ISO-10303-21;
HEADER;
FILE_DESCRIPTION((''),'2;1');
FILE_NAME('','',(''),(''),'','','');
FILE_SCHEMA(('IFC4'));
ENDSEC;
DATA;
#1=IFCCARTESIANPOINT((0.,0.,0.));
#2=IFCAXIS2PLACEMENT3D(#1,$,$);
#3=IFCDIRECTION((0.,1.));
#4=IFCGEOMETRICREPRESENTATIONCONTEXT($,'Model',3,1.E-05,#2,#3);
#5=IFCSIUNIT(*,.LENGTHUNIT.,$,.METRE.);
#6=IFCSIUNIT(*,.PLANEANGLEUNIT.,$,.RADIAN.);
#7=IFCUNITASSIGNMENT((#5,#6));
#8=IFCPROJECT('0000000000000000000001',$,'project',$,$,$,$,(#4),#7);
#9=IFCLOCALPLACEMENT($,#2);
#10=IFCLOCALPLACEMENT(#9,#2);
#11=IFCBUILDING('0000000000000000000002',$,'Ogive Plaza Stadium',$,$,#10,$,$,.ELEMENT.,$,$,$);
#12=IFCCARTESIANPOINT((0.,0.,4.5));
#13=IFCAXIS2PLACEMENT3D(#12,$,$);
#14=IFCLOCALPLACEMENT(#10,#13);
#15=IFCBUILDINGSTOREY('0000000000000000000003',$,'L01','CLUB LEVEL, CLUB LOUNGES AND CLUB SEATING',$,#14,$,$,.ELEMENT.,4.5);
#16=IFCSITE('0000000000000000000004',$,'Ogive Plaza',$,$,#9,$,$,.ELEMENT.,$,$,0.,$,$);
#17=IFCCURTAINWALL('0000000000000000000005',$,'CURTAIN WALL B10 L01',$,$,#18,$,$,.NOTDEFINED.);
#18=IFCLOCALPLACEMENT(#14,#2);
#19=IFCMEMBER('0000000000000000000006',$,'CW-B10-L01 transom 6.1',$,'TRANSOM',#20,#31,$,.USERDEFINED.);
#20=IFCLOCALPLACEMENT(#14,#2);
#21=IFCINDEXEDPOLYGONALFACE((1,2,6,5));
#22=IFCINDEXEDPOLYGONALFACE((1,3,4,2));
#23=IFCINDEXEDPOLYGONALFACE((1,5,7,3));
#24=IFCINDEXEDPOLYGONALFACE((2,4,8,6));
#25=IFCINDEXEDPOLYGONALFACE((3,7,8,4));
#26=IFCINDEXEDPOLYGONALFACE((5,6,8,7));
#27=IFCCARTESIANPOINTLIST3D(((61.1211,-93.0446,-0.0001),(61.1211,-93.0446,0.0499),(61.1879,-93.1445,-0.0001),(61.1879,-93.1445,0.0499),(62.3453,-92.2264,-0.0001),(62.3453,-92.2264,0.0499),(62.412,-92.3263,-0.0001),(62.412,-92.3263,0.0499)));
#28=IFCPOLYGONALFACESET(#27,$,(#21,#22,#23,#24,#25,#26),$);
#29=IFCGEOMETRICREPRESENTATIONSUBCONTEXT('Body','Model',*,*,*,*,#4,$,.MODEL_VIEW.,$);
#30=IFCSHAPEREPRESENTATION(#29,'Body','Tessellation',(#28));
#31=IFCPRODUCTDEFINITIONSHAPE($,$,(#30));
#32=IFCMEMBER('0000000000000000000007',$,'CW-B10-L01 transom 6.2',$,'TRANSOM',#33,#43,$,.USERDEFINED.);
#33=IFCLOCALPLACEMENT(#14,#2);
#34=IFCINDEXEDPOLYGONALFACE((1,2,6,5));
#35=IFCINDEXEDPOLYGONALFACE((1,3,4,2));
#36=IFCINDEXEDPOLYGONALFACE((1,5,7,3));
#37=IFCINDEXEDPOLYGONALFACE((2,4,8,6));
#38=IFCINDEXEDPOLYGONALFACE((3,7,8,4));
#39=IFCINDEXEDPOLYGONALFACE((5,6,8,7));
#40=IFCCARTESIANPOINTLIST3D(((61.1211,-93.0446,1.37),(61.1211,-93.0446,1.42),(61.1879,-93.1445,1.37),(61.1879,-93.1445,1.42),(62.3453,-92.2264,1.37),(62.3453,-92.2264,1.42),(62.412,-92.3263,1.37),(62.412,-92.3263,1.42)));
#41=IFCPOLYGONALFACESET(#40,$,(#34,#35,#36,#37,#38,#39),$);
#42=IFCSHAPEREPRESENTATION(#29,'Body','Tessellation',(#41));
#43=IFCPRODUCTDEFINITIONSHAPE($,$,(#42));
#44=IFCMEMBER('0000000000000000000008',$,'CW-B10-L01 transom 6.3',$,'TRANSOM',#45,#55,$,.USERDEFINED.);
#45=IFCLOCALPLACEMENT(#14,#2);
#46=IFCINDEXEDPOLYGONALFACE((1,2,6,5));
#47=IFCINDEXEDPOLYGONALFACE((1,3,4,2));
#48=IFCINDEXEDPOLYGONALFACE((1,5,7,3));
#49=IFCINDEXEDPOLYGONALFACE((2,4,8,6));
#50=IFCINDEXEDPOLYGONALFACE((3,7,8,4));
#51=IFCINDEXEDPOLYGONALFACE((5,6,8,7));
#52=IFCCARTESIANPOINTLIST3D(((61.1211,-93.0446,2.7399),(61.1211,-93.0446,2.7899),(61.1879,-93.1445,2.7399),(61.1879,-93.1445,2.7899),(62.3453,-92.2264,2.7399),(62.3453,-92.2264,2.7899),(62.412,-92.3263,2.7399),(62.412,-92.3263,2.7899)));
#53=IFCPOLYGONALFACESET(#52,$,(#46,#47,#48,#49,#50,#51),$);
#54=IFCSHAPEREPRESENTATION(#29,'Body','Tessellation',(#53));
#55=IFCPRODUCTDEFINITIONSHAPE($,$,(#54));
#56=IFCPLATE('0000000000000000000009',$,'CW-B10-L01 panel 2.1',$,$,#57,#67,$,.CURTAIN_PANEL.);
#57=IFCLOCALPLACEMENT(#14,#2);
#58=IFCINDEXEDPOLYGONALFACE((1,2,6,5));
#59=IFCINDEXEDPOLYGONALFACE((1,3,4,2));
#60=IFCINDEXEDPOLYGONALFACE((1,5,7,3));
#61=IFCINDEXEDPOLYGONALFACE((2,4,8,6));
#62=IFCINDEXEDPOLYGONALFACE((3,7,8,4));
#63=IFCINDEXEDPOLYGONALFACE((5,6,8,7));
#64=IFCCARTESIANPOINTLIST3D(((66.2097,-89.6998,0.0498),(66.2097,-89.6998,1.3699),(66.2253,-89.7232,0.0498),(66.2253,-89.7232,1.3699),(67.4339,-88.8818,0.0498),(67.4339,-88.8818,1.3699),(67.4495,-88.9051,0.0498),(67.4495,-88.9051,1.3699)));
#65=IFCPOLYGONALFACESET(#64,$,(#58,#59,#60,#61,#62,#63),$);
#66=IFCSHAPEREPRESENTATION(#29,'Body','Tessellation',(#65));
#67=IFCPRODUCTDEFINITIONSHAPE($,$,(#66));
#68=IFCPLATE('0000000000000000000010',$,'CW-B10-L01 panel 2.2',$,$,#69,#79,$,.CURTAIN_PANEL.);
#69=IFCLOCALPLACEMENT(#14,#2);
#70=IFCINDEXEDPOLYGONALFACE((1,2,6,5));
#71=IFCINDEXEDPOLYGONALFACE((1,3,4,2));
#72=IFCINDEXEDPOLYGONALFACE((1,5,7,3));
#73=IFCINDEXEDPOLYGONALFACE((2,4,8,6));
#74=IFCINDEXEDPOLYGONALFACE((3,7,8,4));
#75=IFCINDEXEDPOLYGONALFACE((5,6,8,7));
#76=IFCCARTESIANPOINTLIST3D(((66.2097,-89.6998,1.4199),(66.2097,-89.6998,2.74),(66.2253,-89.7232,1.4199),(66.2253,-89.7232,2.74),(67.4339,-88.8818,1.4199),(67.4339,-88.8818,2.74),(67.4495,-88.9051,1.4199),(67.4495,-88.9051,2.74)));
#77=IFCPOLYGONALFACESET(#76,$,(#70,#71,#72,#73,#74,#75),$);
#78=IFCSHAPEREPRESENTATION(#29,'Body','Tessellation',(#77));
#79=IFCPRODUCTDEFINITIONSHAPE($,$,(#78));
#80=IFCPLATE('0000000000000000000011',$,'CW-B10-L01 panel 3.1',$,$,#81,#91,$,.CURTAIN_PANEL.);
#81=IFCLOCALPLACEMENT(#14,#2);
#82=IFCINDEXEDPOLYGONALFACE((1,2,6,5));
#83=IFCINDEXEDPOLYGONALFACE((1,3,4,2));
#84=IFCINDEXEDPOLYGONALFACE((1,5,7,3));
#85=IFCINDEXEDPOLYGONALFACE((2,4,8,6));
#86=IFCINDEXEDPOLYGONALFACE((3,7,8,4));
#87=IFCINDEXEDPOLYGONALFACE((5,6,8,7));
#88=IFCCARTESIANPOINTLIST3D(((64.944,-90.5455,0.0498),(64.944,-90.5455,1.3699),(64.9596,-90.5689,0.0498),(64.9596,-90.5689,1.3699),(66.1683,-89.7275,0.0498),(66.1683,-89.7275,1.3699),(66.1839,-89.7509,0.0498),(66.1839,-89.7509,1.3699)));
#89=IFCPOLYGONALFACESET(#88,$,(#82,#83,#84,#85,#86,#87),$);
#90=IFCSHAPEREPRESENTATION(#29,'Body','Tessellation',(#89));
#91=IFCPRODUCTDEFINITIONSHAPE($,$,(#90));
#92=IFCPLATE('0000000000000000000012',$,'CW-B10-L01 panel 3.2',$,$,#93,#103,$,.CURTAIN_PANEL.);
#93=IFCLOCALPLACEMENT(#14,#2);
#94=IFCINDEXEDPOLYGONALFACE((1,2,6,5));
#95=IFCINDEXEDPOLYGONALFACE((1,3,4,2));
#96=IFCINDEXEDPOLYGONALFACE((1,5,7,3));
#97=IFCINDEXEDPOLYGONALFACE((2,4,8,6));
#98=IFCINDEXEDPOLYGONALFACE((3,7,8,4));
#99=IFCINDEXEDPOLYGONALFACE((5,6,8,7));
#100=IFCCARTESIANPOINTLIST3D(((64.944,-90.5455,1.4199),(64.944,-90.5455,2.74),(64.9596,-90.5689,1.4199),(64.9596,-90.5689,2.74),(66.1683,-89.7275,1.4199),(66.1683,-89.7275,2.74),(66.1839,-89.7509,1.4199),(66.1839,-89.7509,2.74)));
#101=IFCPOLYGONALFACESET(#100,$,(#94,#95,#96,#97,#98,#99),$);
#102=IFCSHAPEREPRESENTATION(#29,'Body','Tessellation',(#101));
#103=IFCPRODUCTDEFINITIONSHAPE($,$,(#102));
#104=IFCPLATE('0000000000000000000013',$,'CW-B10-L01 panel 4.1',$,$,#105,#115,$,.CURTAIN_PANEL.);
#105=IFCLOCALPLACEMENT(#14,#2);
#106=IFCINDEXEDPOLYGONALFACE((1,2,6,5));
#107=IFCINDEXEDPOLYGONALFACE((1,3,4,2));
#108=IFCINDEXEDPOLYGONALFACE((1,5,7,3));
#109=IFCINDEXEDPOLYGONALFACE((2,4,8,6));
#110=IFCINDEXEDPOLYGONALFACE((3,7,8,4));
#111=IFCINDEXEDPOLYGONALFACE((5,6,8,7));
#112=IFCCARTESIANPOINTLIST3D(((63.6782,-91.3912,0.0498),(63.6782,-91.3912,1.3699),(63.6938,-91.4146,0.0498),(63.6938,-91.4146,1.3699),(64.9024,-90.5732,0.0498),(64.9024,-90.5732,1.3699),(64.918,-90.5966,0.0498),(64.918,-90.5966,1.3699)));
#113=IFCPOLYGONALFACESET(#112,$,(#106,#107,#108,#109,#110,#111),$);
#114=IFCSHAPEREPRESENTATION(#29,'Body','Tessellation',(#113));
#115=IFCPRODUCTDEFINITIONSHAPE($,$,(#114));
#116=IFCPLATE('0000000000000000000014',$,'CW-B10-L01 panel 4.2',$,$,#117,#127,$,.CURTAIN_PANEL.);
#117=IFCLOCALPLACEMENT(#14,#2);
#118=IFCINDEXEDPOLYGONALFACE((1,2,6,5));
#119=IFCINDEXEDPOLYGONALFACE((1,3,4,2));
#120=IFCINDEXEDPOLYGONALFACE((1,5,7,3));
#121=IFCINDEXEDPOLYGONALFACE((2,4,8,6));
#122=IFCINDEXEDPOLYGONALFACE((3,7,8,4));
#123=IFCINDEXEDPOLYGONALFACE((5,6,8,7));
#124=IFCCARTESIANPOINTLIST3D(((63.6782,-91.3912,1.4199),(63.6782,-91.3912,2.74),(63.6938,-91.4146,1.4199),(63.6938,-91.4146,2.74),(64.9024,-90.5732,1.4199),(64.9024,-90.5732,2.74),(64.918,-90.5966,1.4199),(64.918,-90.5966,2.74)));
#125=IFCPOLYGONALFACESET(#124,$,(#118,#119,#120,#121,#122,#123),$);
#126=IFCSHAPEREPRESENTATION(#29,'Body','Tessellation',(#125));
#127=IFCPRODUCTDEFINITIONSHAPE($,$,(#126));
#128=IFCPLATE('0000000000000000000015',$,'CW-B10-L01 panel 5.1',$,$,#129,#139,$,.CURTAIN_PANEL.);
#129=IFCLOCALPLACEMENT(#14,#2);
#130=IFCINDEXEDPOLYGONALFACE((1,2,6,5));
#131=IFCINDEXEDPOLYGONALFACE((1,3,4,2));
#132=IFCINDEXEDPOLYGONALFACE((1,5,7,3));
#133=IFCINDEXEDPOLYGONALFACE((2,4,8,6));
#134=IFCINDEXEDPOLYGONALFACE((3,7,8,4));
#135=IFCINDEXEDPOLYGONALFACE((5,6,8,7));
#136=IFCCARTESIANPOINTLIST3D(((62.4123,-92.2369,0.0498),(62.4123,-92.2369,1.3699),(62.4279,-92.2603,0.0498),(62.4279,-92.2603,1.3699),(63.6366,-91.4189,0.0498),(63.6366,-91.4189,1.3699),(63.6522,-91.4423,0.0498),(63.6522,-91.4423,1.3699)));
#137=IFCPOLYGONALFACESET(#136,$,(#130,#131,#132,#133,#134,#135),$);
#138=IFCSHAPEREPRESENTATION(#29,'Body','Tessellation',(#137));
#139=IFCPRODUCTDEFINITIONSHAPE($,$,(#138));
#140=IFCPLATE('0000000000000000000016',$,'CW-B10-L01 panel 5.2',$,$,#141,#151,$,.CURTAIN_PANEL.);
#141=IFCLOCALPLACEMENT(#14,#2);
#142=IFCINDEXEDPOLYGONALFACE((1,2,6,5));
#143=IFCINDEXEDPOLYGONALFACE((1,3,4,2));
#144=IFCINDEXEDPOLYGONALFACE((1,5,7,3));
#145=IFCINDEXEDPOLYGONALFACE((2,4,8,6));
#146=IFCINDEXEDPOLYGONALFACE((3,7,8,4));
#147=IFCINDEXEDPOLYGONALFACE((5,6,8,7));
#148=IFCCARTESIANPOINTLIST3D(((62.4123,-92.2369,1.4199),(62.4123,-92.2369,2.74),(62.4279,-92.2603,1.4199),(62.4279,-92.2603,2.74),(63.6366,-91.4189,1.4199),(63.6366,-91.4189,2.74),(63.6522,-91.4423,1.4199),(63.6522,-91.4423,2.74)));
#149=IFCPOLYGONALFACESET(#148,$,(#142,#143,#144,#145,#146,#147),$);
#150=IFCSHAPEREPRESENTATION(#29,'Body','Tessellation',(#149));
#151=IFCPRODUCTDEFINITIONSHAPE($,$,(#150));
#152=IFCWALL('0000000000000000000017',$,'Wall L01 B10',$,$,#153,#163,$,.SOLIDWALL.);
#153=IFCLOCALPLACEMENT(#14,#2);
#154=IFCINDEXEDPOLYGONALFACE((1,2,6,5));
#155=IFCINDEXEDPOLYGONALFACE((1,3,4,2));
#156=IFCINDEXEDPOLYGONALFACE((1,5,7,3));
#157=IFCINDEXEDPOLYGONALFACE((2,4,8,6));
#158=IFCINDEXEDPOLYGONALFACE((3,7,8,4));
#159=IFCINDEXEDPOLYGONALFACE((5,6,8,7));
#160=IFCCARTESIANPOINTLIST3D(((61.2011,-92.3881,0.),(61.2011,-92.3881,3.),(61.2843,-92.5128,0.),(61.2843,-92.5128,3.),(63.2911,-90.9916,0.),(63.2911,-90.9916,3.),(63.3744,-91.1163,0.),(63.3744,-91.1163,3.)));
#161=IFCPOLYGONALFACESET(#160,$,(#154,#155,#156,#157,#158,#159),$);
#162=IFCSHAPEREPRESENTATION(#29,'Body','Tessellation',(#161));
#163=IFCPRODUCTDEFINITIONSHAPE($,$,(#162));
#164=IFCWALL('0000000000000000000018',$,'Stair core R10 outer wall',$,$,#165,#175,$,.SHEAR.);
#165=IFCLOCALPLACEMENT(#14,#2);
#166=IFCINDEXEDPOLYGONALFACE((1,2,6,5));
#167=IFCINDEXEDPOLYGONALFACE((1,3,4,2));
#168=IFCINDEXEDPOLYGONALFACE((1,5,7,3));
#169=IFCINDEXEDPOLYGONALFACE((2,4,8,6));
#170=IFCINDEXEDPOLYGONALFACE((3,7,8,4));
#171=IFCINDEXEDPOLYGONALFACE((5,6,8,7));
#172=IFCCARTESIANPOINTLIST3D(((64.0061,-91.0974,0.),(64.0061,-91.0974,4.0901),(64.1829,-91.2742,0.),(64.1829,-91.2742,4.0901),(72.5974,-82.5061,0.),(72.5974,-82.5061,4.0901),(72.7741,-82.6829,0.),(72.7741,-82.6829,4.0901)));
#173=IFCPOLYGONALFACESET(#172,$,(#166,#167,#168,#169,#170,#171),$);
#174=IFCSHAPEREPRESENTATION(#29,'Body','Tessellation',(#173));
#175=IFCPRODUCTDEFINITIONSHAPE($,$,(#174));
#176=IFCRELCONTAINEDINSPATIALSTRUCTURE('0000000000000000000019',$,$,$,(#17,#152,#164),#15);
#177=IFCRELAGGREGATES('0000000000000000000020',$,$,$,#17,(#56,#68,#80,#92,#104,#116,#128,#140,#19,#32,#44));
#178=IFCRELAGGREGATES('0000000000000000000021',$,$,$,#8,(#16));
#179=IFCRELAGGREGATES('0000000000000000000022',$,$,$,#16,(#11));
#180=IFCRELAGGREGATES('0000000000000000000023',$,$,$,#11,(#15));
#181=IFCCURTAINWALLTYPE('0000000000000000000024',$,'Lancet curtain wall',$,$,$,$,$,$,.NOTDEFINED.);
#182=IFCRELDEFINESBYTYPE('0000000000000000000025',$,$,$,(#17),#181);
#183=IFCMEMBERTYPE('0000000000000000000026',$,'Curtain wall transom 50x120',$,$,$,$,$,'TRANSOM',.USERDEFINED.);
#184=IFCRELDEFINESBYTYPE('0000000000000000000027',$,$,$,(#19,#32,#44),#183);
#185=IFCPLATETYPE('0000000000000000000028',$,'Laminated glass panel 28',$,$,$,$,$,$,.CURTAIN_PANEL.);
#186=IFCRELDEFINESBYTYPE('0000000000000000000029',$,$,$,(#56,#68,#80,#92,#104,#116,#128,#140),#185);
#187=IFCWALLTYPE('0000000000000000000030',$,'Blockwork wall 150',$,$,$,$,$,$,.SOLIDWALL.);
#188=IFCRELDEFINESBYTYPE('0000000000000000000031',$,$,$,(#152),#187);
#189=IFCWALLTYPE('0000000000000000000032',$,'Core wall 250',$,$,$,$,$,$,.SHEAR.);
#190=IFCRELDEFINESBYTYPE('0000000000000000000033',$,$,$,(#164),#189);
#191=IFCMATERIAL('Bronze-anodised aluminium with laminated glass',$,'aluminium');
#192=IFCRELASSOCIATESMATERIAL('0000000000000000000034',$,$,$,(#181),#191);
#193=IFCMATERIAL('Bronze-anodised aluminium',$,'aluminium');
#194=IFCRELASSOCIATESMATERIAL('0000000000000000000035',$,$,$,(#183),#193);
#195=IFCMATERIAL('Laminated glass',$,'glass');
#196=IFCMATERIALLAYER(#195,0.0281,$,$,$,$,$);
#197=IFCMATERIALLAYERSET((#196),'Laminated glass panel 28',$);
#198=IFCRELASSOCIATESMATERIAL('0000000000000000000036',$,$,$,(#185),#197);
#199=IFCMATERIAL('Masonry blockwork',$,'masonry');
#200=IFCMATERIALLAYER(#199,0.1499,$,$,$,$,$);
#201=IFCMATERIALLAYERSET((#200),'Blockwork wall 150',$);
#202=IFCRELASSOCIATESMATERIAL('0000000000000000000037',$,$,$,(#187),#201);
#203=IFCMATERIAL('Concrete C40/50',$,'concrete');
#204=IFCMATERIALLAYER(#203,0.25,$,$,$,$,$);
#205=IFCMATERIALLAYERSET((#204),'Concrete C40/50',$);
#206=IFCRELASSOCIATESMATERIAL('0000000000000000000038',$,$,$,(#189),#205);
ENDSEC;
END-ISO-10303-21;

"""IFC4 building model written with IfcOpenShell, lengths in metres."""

from ifc_helpers import new_model, si_unit, direction, frame, frame_2d, origin, origin_2d, place, context, subcontext, project, spatial, rectangle, extrude, material, layer, layer_set, material_profile, profile_set, type_object, element, aggregate, save


model = new_model("IFC4")

# Units and contexts
model_context = context("Model", 3, precision=1e-05, world=origin(), true_north=direction((0.0, 1.0)))
body_context = subcontext(model_context, "Body", "Model", "MODEL_VIEW")
ifc_project = project(units=[si_unit("LENGTHUNIT", "METRE"), si_unit("PLANEANGLEUNIT", "RADIAN")], contexts=[model_context])

# Site, building, storey
site_placement = place(None, origin())
site = spatial("IfcSite", under=ifc_project, at=site_placement, Name="Ogive Plaza", CompositionType="ELEMENT", RefElevation=0.0)
building_placement = place(site_placement, origin())
building = spatial("IfcBuilding", under=site, at=building_placement, Name="Ogive Plaza Stadium", CompositionType="ELEMENT")
storey_placement = place(building_placement, frame((0.0, 0.0, 4.5)))
storey = spatial("IfcBuildingStorey", under=building, at=storey_placement, Name="L01", Description="CLUB LEVEL, CLUB LOUNGES AND CLUB SEATING", CompositionType="ELEMENT", Elevation=4.5)

# Curtain wall, members, plates
ifc_material_1 = material(Name="Bronze-anodised aluminium with laminated glass", Category="aluminium")
curtain_wall_type = type_object("IfcCurtainWallType", Name="Lancet curtain wall", PredefinedType="NOTDEFINED", material=ifc_material_1)
curtain_wall_placement = place(storey_placement, origin())
curtain_wall = element("IfcCurtainWall", 1, at=curtain_wall_placement, inside=storey, type_object=curtain_wall_type, Name="CURTAIN WALL B10 L01", PredefinedType="NOTDEFINED")
ifc_material_2 = material(Name="Bronze-anodised aluminium", Category="aluminium")
ifc_material_profile_1 = material_profile(ifc_material_2, rectangle(XDim=0.1201, YDim=0.05, at=origin_2d()), Name="AL 120x50")
ifc_profile_set_1 = profile_set([ifc_material_profile_1], Name="Bronze-anodised aluminium")
member_type_1 = type_object("IfcMemberType", Name="Curtain wall transom 50x120", ElementType="TRANSOM", PredefinedType="USERDEFINED", material=ifc_profile_set_1)
member_1_placement = place(storey_placement, frame((62.3787, -92.2764, 0.0249), z_axis=(-0.831412, -0.555656, 0.0), x_axis=(0.555656, -0.831412, 0.0)))
member_1 = element("IfcMember", 2, at=member_1_placement, type_object=member_type_1, Name="CW-B10-L01 transom 6.1", ObjectType="TRANSOM", PredefinedType="USERDEFINED", context=body_context, shape_type="SweptSolid", body=[
    extrude(rectangle(XDim=0.1201, YDim=0.05, at=origin_2d()), origin(), (0.0, 0.0, 1.0), 1.4724),
])
member_2_placement = place(storey_placement, frame((62.3787, -92.2764, 1.395), z_axis=(-0.831412, -0.555656, 0.0), x_axis=(0.555656, -0.831412, 0.0)))
member_2 = element("IfcMember", 3, at=member_2_placement, type_object=member_type_1, Name="CW-B10-L01 transom 6.2", ObjectType="TRANSOM", PredefinedType="USERDEFINED", context=body_context, shape_type="SweptSolid", body=[
    extrude(rectangle(XDim=0.1201, YDim=0.05, at=origin_2d()), origin(), (0.0, 0.0, 1.0), 1.4724),
])
member_3_placement = place(storey_placement, frame((62.3787, -92.2764, 2.7649), z_axis=(-0.831412, -0.555656, 0.0), x_axis=(0.555656, -0.831412, 0.0)))
member_3 = element("IfcMember", 4, at=member_3_placement, type_object=member_type_1, Name="CW-B10-L01 transom 6.3", ObjectType="TRANSOM", PredefinedType="USERDEFINED", context=body_context, shape_type="SweptSolid", body=[
    extrude(rectangle(XDim=0.1201, YDim=0.05, at=origin_2d()), origin(), (0.0, 0.0, 1.0), 1.4724),
])
ifc_material_3 = material(Name="Laminated glass", Category="glass")
ifc_layer_1 = layer(ifc_material_3, 0.0281)
ifc_layer_set_1 = layer_set([ifc_layer_1], Name="Laminated glass panel 28")
plate_type = type_object("IfcPlateType", Name="Laminated glass panel 28", PredefinedType="CURTAIN_PANEL", material=ifc_layer_set_1)
plate_1_placement = place(storey_placement, frame((66.8296, -89.3025, 0.0498), z_axis=(0.0, 0.0, 1.0), x_axis=(-0.83147, -0.55557, 0.0)))
plate_1 = element("IfcPlate", 5, at=plate_1_placement, type_object=plate_type, Name="CW-B10-L01 panel 2.1", PredefinedType="CURTAIN_PANEL", context=body_context, shape_type="SweptSolid", body=[
    extrude(rectangle(XDim=1.4724, YDim=0.0281, at=origin_2d()), origin(), (0.0, 0.0, 1.0), 1.3201),
])
plate_2_placement = place(storey_placement, frame((66.8296, -89.3025, 1.4199), z_axis=(0.0, 0.0, 1.0), x_axis=(-0.83147, -0.55557, 0.0)))
plate_2 = element("IfcPlate", 6, at=plate_2_placement, type_object=plate_type, Name="CW-B10-L01 panel 2.2", PredefinedType="CURTAIN_PANEL", context=body_context, shape_type="SweptSolid", body=[
    extrude(rectangle(XDim=1.4724, YDim=0.0281, at=origin_2d()), origin(), (0.0, 0.0, 1.0), 1.3201),
])
plate_3_placement = place(storey_placement, frame((65.564, -90.1482, 0.0498), z_axis=(0.0, 0.0, 1.0), x_axis=(-0.83147, -0.55557, 0.0)))
plate_3 = element("IfcPlate", 7, at=plate_3_placement, type_object=plate_type, Name="CW-B10-L01 panel 3.1", PredefinedType="CURTAIN_PANEL", context=body_context, shape_type="SweptSolid", body=[
    extrude(rectangle(XDim=1.4724, YDim=0.0281, at=origin_2d()), origin(), (0.0, 0.0, 1.0), 1.3201),
])
plate_4_placement = place(storey_placement, frame((65.564, -90.1482, 1.4199), z_axis=(0.0, 0.0, 1.0), x_axis=(-0.83147, -0.55557, 0.0)))
plate_4 = element("IfcPlate", 8, at=plate_4_placement, type_object=plate_type, Name="CW-B10-L01 panel 3.2", PredefinedType="CURTAIN_PANEL", context=body_context, shape_type="SweptSolid", body=[
    extrude(rectangle(XDim=1.4724, YDim=0.0281, at=origin_2d()), origin(), (0.0, 0.0, 1.0), 1.3201),
])
plate_5_placement = place(storey_placement, frame((64.2981, -90.9939, 0.0498), z_axis=(0.0, 0.0, 1.0), x_axis=(-0.83147, -0.55557, 0.0)))
plate_5 = element("IfcPlate", 9, at=plate_5_placement, type_object=plate_type, Name="CW-B10-L01 panel 4.1", PredefinedType="CURTAIN_PANEL", context=body_context, shape_type="SweptSolid", body=[
    extrude(rectangle(XDim=1.4724, YDim=0.0281, at=origin_2d()), origin(), (0.0, 0.0, 1.0), 1.3201),
])
plate_6_placement = place(storey_placement, frame((64.2981, -90.9939, 1.4199), z_axis=(0.0, 0.0, 1.0), x_axis=(-0.83147, -0.55557, 0.0)))
plate_6 = element("IfcPlate", 10, at=plate_6_placement, type_object=plate_type, Name="CW-B10-L01 panel 4.2", PredefinedType="CURTAIN_PANEL", context=body_context, shape_type="SweptSolid", body=[
    extrude(rectangle(XDim=1.4724, YDim=0.0281, at=origin_2d()), origin(), (0.0, 0.0, 1.0), 1.3201),
])
plate_7_placement = place(storey_placement, frame((63.0322, -91.8396, 0.0498), z_axis=(0.0, 0.0, 1.0), x_axis=(-0.83147, -0.55557, 0.0)))
plate_7 = element("IfcPlate", 11, at=plate_7_placement, type_object=plate_type, Name="CW-B10-L01 panel 5.1", PredefinedType="CURTAIN_PANEL", context=body_context, shape_type="SweptSolid", body=[
    extrude(rectangle(XDim=1.4724, YDim=0.0281, at=origin_2d()), origin(), (0.0, 0.0, 1.0), 1.3201),
])
plate_8_placement = place(storey_placement, frame((63.0322, -91.8396, 1.4199), z_axis=(0.0, 0.0, 1.0), x_axis=(-0.83147, -0.55557, 0.0)))
plate_8 = element("IfcPlate", 12, at=plate_8_placement, type_object=plate_type, Name="CW-B10-L01 panel 5.2", PredefinedType="CURTAIN_PANEL", context=body_context, shape_type="SweptSolid", body=[
    extrude(rectangle(XDim=1.4724, YDim=0.0281, at=origin_2d()), origin(), (0.0, 0.0, 1.0), 1.3201),
])
aggregate(curtain_wall, [plate_1, plate_2, plate_3, plate_4, plate_5, plate_6, plate_7, plate_8, member_1, member_2, member_3])

# Walls
ifc_material_4 = material(Name="Masonry blockwork", Category="masonry")
ifc_layer_2 = layer(ifc_material_4, 0.1499)
ifc_layer_set_2 = layer_set([ifc_layer_2], Name="Blockwork wall 150")
wall_type_1 = type_object("IfcWallType", Name="Blockwork wall 150", PredefinedType="SOLIDWALL", material=ifc_layer_set_2)
wall_1_placement = place(storey_placement, frame((63.3328, -91.054, 0.0), z_axis=(0.0, 0.0, 1.0), x_axis=(-0.831482, -0.555552, 0.0)))
element("IfcWall", 13, at=wall_1_placement, inside=storey, type_object=wall_type_1, Name="Wall L01 B10", PredefinedType="SOLIDWALL", context=body_context, shape_type="SweptSolid", body=[
    extrude(rectangle(XDim=2.5137, YDim=0.1499, at=frame_2d((1.2568, 0.0))), origin(), (0.0, 0.0, 1.0), 3.0),
])
ifc_material_5 = material(Name="Concrete C40/50", Category="concrete")
ifc_layer_3 = layer(ifc_material_5, 0.25)
ifc_layer_set_3 = layer_set([ifc_layer_3], Name="Concrete C40/50")
wall_type_2 = type_object("IfcWallType", Name="Core wall 250", PredefinedType="SHEAR", material=ifc_layer_set_3)
wall_2_placement = place(storey_placement, frame((64.0945, -91.1858, 0.0), z_axis=(0.0, 0.0, 1.0), x_axis=(0.707107, 0.707107, 0.0)))
element("IfcWall", 14, at=wall_2_placement, inside=storey, type_object=wall_type_2, Name="Stair core R10 outer wall", PredefinedType="SHEAR", context=body_context, shape_type="SweptSolid", body=[
    extrude(rectangle(XDim=12.1499, YDim=0.25, at=frame_2d((6.075, 0.0))), origin(), (0.0, 0.0, 1.0), 4.0901),
])

save(model, "model.ifc")
